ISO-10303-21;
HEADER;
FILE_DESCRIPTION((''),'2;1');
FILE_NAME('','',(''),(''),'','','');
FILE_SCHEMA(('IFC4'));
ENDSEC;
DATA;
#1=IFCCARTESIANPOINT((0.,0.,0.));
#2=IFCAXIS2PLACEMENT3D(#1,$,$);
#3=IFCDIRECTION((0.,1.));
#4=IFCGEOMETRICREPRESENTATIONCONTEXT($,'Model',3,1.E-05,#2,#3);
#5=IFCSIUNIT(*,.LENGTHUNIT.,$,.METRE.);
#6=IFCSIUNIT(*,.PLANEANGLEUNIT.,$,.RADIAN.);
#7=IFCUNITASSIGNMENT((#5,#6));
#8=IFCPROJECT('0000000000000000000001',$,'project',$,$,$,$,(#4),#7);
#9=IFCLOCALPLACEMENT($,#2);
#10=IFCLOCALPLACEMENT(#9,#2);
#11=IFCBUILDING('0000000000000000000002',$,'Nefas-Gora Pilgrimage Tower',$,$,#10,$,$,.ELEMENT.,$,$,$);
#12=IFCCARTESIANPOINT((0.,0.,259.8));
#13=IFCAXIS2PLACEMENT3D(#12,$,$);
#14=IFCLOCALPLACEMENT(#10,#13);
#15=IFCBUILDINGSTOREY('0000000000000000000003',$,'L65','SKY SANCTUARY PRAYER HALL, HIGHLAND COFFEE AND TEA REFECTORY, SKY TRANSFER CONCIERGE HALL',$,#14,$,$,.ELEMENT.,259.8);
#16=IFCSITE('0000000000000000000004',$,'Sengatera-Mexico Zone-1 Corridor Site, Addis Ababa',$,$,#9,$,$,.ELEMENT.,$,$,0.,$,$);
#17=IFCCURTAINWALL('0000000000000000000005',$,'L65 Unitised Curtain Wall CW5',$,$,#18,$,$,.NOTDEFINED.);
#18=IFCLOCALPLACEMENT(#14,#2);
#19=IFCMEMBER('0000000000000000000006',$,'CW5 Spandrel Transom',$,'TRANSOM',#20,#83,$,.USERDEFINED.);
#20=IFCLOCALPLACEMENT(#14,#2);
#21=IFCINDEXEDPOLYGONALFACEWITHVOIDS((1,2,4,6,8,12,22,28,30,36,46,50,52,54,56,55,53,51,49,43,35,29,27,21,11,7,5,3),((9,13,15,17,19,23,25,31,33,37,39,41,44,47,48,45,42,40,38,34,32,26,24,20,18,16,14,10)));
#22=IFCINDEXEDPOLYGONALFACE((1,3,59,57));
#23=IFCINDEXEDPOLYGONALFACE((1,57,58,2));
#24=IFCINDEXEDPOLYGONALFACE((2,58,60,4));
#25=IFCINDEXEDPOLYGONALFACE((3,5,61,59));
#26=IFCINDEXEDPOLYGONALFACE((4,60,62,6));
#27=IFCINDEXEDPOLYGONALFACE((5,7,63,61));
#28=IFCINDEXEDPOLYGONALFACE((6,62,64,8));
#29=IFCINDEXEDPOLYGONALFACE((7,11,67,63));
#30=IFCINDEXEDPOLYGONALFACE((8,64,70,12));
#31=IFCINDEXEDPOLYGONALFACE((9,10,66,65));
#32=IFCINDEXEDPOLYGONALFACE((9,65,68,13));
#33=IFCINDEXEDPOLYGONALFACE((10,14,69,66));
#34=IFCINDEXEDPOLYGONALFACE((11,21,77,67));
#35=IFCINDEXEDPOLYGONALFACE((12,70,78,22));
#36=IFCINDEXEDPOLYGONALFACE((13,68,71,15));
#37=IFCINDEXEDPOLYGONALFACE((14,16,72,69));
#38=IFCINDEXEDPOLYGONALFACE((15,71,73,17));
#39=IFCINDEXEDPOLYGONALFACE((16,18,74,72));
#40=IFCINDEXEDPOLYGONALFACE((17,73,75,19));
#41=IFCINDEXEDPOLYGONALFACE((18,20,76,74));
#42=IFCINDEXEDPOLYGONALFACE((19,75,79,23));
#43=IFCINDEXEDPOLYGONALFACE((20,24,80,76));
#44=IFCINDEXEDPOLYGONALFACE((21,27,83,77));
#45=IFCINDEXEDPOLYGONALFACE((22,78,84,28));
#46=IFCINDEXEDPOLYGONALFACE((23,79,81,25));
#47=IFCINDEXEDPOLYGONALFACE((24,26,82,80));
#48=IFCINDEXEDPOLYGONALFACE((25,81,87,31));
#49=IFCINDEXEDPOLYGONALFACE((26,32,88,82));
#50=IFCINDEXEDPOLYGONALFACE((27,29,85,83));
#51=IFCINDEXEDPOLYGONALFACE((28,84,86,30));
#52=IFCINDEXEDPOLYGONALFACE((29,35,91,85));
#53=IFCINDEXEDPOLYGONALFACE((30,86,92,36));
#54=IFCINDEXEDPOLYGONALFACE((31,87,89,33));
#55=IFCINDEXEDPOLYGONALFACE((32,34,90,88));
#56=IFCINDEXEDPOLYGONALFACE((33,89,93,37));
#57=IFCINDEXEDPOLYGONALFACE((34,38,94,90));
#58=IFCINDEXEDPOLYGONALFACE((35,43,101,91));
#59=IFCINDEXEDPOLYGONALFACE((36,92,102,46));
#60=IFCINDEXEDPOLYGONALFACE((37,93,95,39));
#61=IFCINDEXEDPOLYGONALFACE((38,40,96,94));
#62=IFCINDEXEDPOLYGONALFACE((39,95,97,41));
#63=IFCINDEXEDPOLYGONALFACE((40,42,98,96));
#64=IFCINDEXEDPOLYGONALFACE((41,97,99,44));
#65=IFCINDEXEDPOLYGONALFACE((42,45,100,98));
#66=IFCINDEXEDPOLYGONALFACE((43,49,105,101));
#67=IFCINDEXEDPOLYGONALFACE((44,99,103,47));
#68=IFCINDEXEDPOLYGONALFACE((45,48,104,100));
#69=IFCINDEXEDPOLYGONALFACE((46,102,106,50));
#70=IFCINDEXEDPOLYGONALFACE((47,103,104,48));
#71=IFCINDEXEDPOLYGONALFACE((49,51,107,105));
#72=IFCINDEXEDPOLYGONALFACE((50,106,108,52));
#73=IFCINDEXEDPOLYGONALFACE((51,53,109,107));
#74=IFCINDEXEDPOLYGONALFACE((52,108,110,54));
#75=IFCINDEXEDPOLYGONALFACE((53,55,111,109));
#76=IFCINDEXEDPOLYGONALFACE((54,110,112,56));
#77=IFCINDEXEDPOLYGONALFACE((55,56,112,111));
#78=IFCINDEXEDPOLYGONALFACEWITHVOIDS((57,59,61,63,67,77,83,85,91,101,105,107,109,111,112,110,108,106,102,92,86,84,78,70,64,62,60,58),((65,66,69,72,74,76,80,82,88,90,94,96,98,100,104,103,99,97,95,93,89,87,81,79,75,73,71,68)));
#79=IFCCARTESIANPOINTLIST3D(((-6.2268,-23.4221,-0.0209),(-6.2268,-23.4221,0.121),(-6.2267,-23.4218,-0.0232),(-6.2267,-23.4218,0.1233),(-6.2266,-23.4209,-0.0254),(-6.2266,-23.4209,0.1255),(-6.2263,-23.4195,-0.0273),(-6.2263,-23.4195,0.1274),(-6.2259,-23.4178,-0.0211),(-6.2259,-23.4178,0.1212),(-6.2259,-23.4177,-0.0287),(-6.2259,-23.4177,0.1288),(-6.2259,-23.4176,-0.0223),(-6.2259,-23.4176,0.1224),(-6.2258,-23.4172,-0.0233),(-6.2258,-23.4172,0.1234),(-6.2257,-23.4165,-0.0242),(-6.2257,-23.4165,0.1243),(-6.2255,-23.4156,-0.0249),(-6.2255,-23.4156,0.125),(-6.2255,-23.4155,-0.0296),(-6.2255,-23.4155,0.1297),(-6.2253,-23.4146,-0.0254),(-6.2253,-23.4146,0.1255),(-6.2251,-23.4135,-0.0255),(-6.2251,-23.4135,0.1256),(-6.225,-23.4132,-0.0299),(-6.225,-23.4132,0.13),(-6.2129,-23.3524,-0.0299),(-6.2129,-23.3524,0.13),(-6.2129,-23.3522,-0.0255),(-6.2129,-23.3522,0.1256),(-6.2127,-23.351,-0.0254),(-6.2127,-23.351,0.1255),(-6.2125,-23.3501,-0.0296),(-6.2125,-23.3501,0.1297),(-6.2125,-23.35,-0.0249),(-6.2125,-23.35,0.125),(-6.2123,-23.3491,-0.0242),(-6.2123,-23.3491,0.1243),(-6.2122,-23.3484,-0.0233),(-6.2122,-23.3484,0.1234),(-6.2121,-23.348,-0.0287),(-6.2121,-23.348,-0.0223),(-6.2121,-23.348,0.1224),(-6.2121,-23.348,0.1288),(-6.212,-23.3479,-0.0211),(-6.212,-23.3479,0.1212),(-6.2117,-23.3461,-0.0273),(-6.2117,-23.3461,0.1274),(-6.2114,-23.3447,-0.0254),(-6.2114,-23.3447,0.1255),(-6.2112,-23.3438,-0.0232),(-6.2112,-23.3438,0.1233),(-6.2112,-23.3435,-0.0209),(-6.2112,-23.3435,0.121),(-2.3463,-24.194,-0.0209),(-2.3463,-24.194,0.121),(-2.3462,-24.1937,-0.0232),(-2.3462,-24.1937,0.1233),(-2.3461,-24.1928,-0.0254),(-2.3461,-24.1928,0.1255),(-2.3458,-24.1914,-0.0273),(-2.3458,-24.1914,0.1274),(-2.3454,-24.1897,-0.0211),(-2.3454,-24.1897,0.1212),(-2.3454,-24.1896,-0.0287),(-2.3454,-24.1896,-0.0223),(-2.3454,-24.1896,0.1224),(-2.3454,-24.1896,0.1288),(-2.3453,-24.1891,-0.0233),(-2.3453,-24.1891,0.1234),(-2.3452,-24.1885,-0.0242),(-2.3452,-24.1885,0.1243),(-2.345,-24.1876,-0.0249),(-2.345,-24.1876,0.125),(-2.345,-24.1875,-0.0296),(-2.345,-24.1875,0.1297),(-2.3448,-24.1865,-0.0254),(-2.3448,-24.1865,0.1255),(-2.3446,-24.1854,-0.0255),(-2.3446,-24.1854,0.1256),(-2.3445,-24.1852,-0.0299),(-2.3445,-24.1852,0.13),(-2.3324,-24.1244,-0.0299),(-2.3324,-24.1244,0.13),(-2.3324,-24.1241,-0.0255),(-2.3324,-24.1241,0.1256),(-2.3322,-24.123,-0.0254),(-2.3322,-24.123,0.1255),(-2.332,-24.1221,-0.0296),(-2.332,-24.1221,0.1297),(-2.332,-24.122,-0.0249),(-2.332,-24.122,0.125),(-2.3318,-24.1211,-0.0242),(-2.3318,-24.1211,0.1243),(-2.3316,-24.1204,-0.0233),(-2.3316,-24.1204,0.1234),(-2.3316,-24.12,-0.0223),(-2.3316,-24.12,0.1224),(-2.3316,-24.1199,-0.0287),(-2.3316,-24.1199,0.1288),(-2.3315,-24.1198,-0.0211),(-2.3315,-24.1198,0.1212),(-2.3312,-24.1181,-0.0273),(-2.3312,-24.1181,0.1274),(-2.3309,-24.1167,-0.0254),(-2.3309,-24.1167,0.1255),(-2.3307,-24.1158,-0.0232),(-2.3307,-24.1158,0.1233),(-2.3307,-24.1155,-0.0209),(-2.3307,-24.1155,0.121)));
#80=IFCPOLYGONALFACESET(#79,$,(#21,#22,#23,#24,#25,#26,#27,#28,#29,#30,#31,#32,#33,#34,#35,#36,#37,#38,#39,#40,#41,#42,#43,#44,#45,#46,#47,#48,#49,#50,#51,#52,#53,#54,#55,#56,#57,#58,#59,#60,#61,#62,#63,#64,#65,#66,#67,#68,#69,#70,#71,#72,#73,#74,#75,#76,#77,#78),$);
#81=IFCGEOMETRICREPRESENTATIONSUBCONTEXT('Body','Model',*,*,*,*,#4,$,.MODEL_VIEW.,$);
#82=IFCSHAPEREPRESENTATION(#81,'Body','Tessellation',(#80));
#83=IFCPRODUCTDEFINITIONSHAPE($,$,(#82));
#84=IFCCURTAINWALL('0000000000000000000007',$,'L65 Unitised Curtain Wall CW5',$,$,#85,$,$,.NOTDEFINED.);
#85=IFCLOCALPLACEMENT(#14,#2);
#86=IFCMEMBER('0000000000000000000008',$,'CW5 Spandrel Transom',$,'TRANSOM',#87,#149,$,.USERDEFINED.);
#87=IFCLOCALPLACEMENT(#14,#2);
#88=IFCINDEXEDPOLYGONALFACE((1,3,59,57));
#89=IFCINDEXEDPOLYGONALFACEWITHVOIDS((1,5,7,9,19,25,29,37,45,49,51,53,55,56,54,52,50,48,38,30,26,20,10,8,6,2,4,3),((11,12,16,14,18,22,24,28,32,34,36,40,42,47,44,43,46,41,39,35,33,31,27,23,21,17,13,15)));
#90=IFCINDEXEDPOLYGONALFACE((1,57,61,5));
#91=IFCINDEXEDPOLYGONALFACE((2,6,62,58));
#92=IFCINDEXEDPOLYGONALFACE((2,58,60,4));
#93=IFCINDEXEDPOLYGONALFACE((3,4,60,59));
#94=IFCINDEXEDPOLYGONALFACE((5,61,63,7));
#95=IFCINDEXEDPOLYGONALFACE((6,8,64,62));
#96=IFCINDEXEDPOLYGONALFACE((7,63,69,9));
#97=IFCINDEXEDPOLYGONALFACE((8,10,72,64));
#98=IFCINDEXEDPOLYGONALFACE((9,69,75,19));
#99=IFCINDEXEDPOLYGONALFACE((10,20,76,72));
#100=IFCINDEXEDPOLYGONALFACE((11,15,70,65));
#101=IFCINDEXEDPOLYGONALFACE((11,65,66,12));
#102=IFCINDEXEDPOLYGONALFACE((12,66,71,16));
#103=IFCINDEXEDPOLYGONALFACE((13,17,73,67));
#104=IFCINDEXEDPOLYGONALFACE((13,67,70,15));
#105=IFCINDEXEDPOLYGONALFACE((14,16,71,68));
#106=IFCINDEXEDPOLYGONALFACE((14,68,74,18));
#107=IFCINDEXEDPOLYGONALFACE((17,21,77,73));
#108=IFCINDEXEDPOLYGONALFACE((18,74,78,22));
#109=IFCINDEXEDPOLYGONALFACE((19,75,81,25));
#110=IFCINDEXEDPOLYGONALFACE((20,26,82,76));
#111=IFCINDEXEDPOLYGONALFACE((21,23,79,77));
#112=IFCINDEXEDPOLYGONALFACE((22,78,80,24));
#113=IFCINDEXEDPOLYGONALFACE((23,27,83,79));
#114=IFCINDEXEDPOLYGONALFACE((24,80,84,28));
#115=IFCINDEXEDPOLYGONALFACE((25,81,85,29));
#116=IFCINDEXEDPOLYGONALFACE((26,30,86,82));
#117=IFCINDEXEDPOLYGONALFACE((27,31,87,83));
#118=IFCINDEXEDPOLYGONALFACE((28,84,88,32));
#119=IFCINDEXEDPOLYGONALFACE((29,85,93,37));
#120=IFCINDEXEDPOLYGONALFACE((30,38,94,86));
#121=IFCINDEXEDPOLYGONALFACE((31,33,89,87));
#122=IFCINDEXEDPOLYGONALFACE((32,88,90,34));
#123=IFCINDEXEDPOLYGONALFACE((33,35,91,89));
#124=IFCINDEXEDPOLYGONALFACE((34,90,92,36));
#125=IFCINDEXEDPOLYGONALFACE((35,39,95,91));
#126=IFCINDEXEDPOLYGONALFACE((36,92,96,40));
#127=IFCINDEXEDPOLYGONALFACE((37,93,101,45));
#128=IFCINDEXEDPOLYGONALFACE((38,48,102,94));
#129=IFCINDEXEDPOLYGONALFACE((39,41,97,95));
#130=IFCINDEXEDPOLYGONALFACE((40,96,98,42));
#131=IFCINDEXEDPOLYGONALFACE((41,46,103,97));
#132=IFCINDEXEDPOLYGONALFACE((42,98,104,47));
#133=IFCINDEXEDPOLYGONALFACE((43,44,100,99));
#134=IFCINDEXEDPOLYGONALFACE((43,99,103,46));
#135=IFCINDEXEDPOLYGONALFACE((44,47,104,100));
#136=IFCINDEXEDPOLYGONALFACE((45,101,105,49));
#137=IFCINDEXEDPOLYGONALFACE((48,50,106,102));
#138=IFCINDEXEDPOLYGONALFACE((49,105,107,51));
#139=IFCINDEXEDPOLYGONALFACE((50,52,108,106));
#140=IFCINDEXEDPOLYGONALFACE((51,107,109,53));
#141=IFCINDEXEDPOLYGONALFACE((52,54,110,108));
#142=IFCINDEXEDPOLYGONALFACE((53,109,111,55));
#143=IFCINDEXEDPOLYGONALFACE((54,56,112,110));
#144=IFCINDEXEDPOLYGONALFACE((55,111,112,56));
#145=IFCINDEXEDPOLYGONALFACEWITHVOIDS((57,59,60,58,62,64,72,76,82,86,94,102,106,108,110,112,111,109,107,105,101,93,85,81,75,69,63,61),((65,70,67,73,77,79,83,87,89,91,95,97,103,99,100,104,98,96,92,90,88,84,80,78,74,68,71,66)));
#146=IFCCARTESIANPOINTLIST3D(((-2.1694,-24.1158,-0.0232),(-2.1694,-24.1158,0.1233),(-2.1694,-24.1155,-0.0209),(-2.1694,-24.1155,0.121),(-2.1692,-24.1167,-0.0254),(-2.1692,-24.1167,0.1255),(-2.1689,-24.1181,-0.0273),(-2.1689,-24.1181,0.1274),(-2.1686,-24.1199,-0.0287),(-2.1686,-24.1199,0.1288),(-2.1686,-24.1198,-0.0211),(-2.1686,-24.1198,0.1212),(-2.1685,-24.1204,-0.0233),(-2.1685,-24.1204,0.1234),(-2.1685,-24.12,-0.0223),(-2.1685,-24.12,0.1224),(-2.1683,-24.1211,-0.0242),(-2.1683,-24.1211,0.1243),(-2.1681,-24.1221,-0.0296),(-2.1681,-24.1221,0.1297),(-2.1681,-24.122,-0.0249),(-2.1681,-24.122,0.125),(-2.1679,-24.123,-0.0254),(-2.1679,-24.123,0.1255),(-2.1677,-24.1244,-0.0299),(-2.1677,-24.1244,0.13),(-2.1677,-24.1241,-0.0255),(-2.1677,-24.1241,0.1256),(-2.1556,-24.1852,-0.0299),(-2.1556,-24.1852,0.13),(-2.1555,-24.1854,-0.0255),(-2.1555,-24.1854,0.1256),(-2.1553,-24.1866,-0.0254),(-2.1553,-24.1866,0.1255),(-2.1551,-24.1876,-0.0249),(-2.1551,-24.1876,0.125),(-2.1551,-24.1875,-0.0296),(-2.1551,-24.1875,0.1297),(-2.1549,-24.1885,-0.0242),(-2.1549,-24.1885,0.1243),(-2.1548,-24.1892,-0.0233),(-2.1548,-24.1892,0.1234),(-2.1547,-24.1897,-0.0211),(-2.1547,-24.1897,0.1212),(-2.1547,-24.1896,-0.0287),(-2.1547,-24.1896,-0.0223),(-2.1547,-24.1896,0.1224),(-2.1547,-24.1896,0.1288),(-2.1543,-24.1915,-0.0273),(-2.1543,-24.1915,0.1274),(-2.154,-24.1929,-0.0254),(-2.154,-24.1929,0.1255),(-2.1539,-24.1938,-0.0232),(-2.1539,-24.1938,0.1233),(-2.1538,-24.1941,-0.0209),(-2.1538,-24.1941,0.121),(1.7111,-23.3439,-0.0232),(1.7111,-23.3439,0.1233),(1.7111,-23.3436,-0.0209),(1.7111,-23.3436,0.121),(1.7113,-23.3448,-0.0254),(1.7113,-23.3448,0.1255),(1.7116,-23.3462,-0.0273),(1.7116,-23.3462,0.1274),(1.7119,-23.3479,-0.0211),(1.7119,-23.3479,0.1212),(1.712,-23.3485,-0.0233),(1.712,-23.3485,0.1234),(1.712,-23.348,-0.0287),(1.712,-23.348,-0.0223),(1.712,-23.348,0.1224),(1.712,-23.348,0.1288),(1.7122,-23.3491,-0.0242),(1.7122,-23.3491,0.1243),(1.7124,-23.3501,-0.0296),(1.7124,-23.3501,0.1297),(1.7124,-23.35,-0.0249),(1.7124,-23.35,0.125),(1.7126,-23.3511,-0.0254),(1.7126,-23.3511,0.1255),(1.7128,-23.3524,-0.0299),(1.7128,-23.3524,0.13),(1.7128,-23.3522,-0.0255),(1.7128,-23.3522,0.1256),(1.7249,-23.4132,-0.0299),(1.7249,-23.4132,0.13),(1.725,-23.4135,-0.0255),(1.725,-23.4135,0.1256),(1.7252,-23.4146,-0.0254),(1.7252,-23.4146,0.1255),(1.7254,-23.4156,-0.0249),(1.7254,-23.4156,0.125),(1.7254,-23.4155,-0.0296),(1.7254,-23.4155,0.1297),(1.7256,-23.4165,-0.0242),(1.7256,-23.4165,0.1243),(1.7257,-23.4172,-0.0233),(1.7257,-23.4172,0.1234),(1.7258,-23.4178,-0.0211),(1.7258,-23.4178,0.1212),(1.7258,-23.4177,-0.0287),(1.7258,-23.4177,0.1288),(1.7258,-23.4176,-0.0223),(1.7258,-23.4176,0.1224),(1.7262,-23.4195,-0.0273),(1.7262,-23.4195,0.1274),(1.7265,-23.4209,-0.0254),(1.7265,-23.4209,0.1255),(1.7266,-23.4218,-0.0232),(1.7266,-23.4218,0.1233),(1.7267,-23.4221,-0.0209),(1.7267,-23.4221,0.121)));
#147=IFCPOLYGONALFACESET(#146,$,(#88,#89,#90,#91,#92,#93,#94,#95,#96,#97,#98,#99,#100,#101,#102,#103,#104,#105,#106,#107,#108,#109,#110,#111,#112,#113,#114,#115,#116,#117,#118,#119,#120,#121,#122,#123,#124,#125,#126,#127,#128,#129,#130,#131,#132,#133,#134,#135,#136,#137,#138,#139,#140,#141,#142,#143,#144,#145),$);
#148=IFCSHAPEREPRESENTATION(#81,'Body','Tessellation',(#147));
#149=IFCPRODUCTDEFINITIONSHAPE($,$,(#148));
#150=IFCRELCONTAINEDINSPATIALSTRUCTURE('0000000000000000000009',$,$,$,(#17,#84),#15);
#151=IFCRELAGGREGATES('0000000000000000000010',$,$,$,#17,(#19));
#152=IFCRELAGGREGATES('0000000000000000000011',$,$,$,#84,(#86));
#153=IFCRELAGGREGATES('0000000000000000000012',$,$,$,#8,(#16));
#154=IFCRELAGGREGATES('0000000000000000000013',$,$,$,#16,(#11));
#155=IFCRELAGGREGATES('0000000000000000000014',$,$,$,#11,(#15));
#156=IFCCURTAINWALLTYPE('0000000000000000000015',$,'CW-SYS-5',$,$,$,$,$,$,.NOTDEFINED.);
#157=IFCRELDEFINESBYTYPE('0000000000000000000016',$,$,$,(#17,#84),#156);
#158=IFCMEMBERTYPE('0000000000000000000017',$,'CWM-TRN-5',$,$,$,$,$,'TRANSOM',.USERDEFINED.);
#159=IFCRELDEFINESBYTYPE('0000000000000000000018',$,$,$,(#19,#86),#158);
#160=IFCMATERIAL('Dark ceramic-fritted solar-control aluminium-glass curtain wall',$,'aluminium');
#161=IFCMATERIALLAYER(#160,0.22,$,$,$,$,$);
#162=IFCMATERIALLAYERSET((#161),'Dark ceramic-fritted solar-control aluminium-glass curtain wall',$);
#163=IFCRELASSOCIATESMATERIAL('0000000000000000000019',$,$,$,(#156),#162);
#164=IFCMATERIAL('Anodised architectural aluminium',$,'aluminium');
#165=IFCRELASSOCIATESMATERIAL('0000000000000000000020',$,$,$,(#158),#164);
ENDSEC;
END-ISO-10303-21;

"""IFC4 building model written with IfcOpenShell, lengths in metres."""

from ifc_helpers import new_model, si_unit, direction, frame, origin, origin_2d, place, context, subcontext, project, spatial, hollow_rectangle, extrude, source, transform, mapped, material, layer, layer_set, material_profile, profile_set, type_object, element, aggregate, save


model = new_model("IFC4")

# Units and contexts
model_context = context("Model", 3, precision=1e-05, world=origin(), true_north=direction((0.0, 1.0)))
body_context = subcontext(model_context, "Body", "Model", "MODEL_VIEW")
ifc_project = project(units=[si_unit("LENGTHUNIT", "METRE"), si_unit("PLANEANGLEUNIT", "RADIAN")], contexts=[model_context])

# Site, building, storey
site_placement = place(None, origin())
site = spatial("IfcSite", under=ifc_project, at=site_placement, Name="Sengatera-Mexico Zone-1 Corridor Site, Addis Ababa", CompositionType="ELEMENT", RefElevation=0.0)
building_placement = place(site_placement, origin())
building = spatial("IfcBuilding", under=site, at=building_placement, Name="Nefas-Gora Pilgrimage Tower", CompositionType="ELEMENT")
storey_placement = place(building_placement, frame((0.0, 0.0, 259.8)))
storey = spatial("IfcBuildingStorey", under=building, at=storey_placement, Name="L65", Description="SKY SANCTUARY PRAYER HALL, HIGHLAND COFFEE AND TEA REFECTORY, SKY TRANSFER CONCIERGE HALL", CompositionType="ELEMENT", Elevation=259.8)

# Curtain walls, members
ifc_material_1 = material(Name="Dark ceramic-fritted solar-control aluminium-glass curtain wall", Category="aluminium")
ifc_layer_1 = layer(ifc_material_1, 0.22)
ifc_layer_set_1 = layer_set([ifc_layer_1], Name="Dark ceramic-fritted solar-control aluminium-glass curtain wall")
curtain_wall_type = type_object("IfcCurtainWallType", Name="CW-SYS-5", PredefinedType="NOTDEFINED", material=ifc_layer_set_1)
curtain_wall_1_placement = place(storey_placement, origin())
curtain_wall_1 = element("IfcCurtainWall", 1, at=curtain_wall_1_placement, inside=storey, type_object=curtain_wall_type, Name="L65 Unitised Curtain Wall CW5", PredefinedType="NOTDEFINED")
ifc_material_2 = material(Name="Anodised architectural aluminium", Category="aluminium")
ifc_material_profile_1 = material_profile(ifc_material_2, hollow_rectangle(XDim=0.0801, YDim=0.1599, WallThickness=0.0044, InnerFilletRadius=0.0044, OuterFilletRadius=0.009, at=origin_2d()), Name="ALU TRANSOM 80x160")
ifc_profile_set_1 = profile_set([ifc_material_profile_1], Name="Anodised architectural aluminium")
member_type_1 = type_object("IfcMemberType", Name="CWM-TRN-5", ElementType="TRANSOM", PredefinedType="USERDEFINED", material=ifc_profile_set_1)
shared_shape_1 = source(origin(), body_context, "Body", "SweptSolid", [
    extrude(hollow_rectangle(XDim=0.0801, YDim=0.1599, WallThickness=0.0044, InnerFilletRadius=0.0044, OuterFilletRadius=0.009, at=origin_2d()), origin(), (0.0, 0.0, 1.0), 3.9565),
])
member_1_placement = place(storey_placement, frame((-6.219, -23.3828, 0.05), z_axis=(0.980782, -0.195107, 0.0), x_axis=(0.195107, 0.980782, 0.0)))
member_1 = element("IfcMember", 2, at=member_1_placement, type_object=member_type_1, Name="CW5 Spandrel Transom", ObjectType="TRANSOM", PredefinedType="USERDEFINED", context=body_context, shape_type="MappedRepresentation", body=[
    mapped(shared_shape_1, transform((0.0, 0.0, 0.0), x_axis=(1.0, 0.0, 0.0), y_axis=(0.0, 1.0, 0.0), z_axis=(0.0, 0.0, 1.0), scale=1.0)),
])
curtain_wall_2_placement = place(storey_placement, origin())
curtain_wall_2 = element("IfcCurtainWall", 3, at=curtain_wall_2_placement, inside=storey, type_object=curtain_wall_type, Name="L65 Unitised Curtain Wall CW5", PredefinedType="NOTDEFINED")
member_2_placement = place(storey_placement, frame((-2.1616, -24.1548, 0.05), z_axis=(0.980782, 0.195107, 0.0), x_axis=(-0.195107, 0.980782, 0.0)))
member_2 = element("IfcMember", 4, at=member_2_placement, type_object=member_type_1, Name="CW5 Spandrel Transom", ObjectType="TRANSOM", PredefinedType="USERDEFINED", context=body_context, shape_type="MappedRepresentation", body=[
    mapped(shared_shape_1, transform((0.0, 0.0, 0.0), x_axis=(1.0, 0.0, 0.0), y_axis=(0.0, 1.0, 0.0), z_axis=(0.0, 0.0, 1.0), scale=1.0)),
])

aggregate(curtain_wall_1, [member_1])
aggregate(curtain_wall_2, [member_2])

save(model, "model.ifc")
